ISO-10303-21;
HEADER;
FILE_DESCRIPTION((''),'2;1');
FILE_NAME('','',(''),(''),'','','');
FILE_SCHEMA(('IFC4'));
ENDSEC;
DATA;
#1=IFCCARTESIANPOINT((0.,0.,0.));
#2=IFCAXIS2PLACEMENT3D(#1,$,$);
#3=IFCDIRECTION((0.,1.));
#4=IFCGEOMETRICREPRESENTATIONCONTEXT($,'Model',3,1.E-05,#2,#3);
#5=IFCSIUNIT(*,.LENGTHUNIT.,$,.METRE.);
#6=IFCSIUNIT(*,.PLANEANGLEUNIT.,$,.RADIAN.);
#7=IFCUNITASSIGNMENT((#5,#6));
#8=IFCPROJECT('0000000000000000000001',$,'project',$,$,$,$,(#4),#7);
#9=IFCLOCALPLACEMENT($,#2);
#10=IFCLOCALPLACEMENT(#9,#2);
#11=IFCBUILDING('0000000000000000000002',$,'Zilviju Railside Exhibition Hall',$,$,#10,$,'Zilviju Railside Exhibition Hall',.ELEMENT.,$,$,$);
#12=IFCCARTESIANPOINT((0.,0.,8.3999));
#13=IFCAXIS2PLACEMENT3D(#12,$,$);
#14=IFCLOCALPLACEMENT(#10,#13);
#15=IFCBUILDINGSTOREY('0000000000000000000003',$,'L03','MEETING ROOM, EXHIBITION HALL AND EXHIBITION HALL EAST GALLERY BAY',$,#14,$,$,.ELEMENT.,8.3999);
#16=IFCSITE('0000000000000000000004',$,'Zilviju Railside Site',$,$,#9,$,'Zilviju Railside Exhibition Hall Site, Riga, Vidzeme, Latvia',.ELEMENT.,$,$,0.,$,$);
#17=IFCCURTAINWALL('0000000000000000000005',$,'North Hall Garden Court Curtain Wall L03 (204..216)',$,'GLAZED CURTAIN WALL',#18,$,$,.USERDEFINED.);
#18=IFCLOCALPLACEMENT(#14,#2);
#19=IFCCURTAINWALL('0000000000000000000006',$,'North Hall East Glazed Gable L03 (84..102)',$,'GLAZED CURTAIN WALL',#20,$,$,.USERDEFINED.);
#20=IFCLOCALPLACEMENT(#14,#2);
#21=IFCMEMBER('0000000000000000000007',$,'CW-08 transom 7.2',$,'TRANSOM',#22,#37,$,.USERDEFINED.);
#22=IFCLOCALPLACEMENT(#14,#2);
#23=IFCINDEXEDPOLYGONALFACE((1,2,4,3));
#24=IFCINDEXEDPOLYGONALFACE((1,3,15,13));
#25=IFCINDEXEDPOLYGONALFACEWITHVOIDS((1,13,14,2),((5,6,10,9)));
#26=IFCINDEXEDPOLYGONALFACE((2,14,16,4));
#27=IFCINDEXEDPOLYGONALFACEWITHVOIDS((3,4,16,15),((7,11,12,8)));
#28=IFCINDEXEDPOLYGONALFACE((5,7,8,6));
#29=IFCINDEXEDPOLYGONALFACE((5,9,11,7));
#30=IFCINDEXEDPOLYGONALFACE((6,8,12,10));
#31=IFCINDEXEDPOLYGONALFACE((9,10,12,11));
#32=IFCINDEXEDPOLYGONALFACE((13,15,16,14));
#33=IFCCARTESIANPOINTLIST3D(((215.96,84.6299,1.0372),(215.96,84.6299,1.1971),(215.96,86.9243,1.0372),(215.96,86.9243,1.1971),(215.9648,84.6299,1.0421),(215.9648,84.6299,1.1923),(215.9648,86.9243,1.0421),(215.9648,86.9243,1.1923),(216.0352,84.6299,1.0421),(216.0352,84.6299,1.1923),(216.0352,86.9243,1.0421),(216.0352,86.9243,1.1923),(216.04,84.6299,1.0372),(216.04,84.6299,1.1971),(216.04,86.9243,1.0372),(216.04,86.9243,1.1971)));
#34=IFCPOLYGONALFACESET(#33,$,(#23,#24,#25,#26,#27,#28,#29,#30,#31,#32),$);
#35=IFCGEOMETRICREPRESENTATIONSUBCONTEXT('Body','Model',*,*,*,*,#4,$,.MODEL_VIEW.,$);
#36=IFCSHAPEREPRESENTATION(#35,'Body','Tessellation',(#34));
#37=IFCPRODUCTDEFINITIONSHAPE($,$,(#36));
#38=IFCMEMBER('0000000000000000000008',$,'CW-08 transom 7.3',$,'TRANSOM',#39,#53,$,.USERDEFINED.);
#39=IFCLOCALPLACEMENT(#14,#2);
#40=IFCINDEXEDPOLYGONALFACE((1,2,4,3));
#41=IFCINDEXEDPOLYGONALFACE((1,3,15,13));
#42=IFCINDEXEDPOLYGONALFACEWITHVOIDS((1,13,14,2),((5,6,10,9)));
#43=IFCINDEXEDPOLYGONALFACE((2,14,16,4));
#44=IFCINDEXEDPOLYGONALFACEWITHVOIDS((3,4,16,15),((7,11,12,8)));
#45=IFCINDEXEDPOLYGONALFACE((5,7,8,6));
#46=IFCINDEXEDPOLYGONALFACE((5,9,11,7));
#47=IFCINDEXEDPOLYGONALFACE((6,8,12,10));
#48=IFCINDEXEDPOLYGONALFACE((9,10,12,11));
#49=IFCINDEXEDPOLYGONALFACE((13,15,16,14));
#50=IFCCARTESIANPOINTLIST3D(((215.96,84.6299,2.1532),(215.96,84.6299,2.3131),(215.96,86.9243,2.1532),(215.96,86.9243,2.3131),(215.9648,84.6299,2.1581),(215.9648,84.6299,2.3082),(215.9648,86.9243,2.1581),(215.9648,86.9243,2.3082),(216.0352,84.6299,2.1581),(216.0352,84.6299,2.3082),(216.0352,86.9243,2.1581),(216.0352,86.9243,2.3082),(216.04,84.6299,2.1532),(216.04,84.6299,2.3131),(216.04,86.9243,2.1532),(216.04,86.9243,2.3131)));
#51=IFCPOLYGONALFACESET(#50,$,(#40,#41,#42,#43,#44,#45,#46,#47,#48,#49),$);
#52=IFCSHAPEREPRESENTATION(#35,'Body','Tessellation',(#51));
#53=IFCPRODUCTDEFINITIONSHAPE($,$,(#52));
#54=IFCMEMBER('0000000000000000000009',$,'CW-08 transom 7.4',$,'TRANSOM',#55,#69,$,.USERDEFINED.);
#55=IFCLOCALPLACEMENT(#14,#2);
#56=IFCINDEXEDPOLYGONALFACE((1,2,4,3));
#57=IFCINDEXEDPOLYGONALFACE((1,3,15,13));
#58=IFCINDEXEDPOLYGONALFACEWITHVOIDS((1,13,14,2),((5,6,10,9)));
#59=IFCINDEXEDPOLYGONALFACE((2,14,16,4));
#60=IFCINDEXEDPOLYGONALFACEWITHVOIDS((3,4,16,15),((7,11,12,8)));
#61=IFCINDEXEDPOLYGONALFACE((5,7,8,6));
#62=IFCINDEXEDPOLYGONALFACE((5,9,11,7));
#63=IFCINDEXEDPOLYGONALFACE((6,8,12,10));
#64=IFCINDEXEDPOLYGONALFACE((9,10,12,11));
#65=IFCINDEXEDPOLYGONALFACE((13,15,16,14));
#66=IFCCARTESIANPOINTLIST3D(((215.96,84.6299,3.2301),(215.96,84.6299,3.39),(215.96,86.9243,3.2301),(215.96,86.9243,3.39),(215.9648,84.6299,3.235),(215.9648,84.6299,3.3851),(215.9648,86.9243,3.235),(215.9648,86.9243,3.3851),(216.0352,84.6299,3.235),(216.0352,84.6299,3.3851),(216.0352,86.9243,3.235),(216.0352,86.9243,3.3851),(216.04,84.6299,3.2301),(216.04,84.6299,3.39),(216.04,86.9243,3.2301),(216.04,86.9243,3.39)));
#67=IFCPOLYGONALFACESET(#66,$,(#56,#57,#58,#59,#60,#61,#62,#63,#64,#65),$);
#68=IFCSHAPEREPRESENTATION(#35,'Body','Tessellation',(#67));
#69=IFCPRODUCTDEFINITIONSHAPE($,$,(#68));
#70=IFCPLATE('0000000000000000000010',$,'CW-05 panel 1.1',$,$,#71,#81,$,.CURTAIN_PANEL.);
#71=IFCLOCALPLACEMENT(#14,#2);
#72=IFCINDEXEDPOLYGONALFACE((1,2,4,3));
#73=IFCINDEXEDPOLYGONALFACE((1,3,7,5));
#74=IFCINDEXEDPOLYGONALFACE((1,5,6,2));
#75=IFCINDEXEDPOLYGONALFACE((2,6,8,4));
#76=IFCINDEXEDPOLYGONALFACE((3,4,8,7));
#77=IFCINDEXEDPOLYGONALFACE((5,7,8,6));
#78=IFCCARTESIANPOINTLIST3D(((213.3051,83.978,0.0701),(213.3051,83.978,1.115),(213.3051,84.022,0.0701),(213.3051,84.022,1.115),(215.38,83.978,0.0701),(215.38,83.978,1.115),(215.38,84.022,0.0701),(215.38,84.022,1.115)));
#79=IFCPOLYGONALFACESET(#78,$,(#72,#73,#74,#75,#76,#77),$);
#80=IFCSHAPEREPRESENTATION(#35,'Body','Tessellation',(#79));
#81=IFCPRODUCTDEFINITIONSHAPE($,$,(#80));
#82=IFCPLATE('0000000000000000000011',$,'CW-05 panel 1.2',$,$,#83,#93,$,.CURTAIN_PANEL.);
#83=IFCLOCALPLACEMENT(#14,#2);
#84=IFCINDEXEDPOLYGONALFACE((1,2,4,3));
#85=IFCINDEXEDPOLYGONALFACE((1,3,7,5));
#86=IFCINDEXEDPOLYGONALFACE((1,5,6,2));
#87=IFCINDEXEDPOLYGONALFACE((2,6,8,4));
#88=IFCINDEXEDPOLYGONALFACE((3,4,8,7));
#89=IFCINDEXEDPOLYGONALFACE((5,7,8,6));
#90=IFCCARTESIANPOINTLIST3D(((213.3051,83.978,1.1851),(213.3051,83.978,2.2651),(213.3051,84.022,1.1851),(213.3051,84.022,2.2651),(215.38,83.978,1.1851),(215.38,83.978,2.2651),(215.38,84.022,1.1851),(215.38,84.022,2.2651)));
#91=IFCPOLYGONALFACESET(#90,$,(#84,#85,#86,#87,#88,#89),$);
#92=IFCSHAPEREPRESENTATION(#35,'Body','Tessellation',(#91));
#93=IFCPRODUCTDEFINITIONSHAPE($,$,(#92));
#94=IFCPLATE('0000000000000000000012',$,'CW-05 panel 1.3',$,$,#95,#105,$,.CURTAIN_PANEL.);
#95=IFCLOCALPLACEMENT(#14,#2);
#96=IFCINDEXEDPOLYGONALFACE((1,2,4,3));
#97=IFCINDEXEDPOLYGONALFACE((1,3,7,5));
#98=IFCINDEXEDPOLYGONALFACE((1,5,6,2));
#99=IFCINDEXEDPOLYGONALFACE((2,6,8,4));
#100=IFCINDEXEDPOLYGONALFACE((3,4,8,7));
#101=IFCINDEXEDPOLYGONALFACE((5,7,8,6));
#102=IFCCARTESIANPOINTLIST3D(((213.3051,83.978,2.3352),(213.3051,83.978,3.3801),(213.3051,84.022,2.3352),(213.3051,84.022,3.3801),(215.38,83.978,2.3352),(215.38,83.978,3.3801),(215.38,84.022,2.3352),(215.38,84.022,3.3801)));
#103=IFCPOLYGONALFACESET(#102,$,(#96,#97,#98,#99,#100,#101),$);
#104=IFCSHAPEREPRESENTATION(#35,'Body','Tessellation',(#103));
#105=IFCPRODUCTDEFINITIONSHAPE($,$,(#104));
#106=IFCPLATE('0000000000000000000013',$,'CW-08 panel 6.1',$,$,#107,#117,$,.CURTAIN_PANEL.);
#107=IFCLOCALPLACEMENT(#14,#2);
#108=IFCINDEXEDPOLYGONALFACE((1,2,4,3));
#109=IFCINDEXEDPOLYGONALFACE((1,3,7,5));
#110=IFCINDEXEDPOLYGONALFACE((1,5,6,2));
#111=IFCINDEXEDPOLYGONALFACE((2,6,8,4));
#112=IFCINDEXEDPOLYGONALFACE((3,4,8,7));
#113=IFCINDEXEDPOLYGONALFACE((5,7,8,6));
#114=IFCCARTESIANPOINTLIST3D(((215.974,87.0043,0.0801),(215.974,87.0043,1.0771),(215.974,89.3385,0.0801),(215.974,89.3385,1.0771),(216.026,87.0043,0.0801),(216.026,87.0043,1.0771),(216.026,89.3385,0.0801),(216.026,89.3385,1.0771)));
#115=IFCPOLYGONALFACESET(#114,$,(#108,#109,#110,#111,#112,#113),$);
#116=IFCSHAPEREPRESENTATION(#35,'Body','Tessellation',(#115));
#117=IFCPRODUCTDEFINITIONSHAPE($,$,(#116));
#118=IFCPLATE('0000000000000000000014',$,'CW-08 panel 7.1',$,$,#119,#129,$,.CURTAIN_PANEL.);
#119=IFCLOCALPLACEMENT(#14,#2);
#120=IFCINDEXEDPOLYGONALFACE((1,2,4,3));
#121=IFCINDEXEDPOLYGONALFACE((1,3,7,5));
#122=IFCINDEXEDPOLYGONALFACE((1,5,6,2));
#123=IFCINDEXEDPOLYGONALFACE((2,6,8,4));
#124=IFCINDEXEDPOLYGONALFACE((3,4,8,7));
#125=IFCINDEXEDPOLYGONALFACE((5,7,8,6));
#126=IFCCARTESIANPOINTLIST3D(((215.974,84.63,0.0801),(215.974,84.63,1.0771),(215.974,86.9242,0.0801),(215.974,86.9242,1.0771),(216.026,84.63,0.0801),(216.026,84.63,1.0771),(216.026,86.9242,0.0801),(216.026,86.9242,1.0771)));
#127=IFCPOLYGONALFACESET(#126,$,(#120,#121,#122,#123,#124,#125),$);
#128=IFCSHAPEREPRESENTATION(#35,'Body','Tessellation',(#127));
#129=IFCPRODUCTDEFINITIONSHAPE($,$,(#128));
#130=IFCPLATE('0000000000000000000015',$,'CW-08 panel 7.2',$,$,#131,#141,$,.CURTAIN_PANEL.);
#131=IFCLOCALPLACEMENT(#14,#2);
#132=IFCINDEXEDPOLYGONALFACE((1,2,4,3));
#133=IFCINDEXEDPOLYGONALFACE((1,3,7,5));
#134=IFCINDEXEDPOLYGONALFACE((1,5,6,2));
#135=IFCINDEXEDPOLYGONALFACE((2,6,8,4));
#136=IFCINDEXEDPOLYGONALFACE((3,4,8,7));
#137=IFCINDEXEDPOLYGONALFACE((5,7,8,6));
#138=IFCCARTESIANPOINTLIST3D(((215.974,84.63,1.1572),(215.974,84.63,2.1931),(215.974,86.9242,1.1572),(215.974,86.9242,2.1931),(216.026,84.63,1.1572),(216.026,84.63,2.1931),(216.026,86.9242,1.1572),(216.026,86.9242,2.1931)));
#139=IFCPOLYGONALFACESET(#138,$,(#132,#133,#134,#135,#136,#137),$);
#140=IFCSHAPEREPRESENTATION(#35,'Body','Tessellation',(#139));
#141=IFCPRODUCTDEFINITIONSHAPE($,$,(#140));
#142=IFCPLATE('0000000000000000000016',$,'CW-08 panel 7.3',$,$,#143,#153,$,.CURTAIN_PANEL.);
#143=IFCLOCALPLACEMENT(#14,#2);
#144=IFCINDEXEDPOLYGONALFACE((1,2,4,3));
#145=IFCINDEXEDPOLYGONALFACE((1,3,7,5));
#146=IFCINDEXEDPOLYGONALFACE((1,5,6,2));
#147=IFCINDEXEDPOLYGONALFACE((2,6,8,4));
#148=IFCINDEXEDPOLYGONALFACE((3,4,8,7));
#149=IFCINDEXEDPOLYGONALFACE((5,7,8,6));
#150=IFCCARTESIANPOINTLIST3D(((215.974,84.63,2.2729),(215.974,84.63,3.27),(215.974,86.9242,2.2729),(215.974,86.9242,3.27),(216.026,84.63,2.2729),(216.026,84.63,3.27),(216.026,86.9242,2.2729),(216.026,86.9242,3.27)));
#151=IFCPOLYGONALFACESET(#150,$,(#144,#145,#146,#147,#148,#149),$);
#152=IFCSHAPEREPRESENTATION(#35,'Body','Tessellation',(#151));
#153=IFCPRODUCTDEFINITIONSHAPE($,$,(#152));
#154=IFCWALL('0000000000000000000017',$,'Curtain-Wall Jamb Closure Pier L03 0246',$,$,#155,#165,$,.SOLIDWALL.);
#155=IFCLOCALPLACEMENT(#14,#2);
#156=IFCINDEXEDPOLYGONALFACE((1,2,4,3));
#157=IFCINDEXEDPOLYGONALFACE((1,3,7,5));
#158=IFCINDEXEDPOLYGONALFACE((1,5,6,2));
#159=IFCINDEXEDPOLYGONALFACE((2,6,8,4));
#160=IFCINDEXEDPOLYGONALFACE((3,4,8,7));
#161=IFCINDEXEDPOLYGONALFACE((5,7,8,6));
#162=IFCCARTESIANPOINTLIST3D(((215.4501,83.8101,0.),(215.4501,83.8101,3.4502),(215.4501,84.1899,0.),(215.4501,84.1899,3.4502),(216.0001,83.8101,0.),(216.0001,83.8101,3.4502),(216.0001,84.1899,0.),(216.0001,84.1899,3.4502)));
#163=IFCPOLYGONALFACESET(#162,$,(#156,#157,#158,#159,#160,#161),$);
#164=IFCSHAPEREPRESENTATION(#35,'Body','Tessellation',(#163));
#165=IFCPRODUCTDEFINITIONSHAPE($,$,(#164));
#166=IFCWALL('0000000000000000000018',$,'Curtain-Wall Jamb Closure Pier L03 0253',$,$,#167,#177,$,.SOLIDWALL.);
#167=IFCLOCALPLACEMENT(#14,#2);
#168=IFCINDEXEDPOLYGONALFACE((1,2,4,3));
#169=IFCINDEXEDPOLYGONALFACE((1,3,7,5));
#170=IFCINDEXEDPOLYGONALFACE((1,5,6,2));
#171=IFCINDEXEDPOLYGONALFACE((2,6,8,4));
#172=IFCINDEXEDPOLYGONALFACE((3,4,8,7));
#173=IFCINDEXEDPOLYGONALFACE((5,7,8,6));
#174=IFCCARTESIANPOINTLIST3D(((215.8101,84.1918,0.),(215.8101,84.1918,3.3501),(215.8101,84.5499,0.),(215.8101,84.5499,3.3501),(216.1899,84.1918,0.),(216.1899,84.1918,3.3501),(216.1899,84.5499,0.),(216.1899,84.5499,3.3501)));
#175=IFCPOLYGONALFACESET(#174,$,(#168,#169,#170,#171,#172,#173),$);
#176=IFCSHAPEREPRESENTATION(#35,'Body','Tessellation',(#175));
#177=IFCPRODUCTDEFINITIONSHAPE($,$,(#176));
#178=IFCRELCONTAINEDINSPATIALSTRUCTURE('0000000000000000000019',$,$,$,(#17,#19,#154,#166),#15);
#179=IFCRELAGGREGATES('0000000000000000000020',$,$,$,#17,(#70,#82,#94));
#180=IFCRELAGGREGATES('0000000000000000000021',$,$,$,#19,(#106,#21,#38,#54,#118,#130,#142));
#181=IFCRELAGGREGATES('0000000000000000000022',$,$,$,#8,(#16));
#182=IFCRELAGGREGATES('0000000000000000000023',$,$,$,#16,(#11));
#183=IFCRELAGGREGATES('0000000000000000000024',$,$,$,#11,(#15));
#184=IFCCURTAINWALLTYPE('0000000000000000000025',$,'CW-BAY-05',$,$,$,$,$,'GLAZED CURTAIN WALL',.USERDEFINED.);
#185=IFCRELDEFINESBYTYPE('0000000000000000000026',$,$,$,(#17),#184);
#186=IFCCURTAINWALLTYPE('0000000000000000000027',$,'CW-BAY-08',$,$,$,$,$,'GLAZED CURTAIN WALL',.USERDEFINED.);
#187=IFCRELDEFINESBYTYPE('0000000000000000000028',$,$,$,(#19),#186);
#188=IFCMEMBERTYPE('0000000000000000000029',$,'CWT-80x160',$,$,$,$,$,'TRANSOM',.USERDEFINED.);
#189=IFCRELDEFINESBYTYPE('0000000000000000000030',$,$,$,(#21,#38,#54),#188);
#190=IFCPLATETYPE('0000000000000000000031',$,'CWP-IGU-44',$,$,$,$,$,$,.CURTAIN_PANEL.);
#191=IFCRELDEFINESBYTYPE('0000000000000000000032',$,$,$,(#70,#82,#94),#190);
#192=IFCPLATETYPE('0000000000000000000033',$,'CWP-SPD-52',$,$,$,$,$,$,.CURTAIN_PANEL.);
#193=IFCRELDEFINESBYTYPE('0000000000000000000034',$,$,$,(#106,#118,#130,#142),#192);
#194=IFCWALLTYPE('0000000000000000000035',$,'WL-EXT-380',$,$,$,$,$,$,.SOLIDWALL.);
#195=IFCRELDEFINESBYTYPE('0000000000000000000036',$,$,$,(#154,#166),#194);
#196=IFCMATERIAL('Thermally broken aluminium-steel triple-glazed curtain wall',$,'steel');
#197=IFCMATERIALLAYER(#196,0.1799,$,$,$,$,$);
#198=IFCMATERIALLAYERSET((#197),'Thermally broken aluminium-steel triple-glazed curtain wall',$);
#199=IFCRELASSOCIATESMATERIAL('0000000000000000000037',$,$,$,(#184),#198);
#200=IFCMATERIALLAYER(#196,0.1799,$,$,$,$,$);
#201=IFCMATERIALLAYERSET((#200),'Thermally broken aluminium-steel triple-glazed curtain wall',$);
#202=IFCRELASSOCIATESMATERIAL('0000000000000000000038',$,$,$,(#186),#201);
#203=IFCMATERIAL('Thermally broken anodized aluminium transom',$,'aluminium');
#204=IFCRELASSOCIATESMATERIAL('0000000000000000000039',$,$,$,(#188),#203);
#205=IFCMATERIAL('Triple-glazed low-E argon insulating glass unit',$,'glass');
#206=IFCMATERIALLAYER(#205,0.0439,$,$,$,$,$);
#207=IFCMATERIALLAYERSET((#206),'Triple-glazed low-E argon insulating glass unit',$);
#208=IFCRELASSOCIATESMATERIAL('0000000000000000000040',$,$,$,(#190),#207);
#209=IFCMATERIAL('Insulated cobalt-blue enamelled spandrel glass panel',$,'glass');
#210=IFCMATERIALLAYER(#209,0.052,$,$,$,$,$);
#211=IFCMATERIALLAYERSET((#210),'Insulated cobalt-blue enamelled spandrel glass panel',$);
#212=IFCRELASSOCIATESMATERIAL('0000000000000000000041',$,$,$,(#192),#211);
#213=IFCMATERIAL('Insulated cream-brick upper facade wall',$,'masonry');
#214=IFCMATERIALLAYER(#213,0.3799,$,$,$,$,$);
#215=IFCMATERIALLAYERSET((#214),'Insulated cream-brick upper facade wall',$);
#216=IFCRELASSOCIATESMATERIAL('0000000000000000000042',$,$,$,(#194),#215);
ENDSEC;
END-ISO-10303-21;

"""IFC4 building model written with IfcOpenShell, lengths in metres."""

from ifc_helpers import new_model, si_unit, direction, frame, frame_2d, origin, origin_2d, place, context, subcontext, project, spatial, rectangle, hollow_rectangle, extrude, material, layer, layer_set, material_profile, profile_set, type_object, element, aggregate, save


model = new_model("IFC4")

# Units and contexts
model_context = context("Model", 3, precision=1e-05, world=origin(), true_north=direction((0.0, 1.0)))
body_context = subcontext(model_context, "Body", "Model", "MODEL_VIEW")
ifc_project = project(units=[si_unit("LENGTHUNIT", "METRE"), si_unit("PLANEANGLEUNIT", "RADIAN")], contexts=[model_context])

# Site, building, storey
site_placement = place(None, origin())
site = spatial("IfcSite", under=ifc_project, at=site_placement, Name="Zilviju Railside Site", LongName="Zilviju Railside Exhibition Hall Site, Riga, Vidzeme, Latvia", CompositionType="ELEMENT", RefElevation=0.0)
building_placement = place(site_placement, origin())
building = spatial("IfcBuilding", under=site, at=building_placement, Name="Zilviju Railside Exhibition Hall", LongName="Zilviju Railside Exhibition Hall", CompositionType="ELEMENT")
storey_placement = place(building_placement, frame((0.0, 0.0, 8.3999)))
storey = spatial("IfcBuildingStorey", under=building, at=storey_placement, Name="L03", Description="MEETING ROOM, EXHIBITION HALL AND EXHIBITION HALL EAST GALLERY BAY", CompositionType="ELEMENT", Elevation=8.3999)

# Curtain wall
ifc_material_1 = material(Name="Thermally broken aluminium-steel triple-glazed curtain wall", Category="steel")
ifc_layer_1 = layer(ifc_material_1, 0.1799)
ifc_layer_set_1 = layer_set([ifc_layer_1], Name="Thermally broken aluminium-steel triple-glazed curtain wall")
curtain_wall_type_1 = type_object("IfcCurtainWallType", Name="CW-BAY-05", ElementType="GLAZED CURTAIN WALL", PredefinedType="USERDEFINED", material=ifc_layer_set_1)
curtain_wall_1_placement = place(storey_placement, origin())
curtain_wall_1 = element("IfcCurtainWall", 1, at=curtain_wall_1_placement, inside=storey, type_object=curtain_wall_type_1, Name="North Hall Garden Court Curtain Wall L03 (204..216)", ObjectType="GLAZED CURTAIN WALL", PredefinedType="USERDEFINED")

# Curtain wall
ifc_layer_2 = layer(ifc_material_1, 0.1799)
ifc_layer_set_2 = layer_set([ifc_layer_2], Name="Thermally broken aluminium-steel triple-glazed curtain wall")
curtain_wall_type_2 = type_object("IfcCurtainWallType", Name="CW-BAY-08", ElementType="GLAZED CURTAIN WALL", PredefinedType="USERDEFINED", material=ifc_layer_set_2)
curtain_wall_2_placement = place(storey_placement, origin())
curtain_wall_2 = element("IfcCurtainWall", 2, at=curtain_wall_2_placement, inside=storey, type_object=curtain_wall_type_2, Name="North Hall East Glazed Gable L03 (84..102)", ObjectType="GLAZED CURTAIN WALL", PredefinedType="USERDEFINED")

# Members
ifc_material_2 = material(Name="Thermally broken anodized aluminium transom", Category="aluminium")
ifc_material_profile_1 = material_profile(ifc_material_2, hollow_rectangle(XDim=0.0801, YDim=0.1599, WallThickness=0.0049, at=origin_2d()), Name="TRANSOM 160x80x5")
ifc_profile_set_1 = profile_set([ifc_material_profile_1], Name="Thermally broken anodized aluminium transom")
member_type_1 = type_object("IfcMemberType", Name="CWT-80x160", ElementType="TRANSOM", PredefinedType="USERDEFINED", material=ifc_profile_set_1)
member_1_placement = place(storey_placement, frame((216.0, 86.9243, 1.1172), z_axis=(0.0, -1.0, 0.0), x_axis=(1.0, 0.0, 0.0)))
member_1 = element("IfcMember", 3, at=member_1_placement, type_object=member_type_1, Name="CW-08 transom 7.2", ObjectType="TRANSOM", PredefinedType="USERDEFINED", context=body_context, shape_type="SweptSolid", body=[
    extrude(hollow_rectangle(XDim=0.0801, YDim=0.1599, WallThickness=0.0049, at=origin_2d()), origin(), (0.0, 0.0, 1.0), 2.2944),
])
member_2_placement = place(storey_placement, frame((216.0, 86.9243, 2.2332), z_axis=(0.0, -1.0, 0.0), x_axis=(1.0, 0.0, 0.0)))
member_2 = element("IfcMember", 4, at=member_2_placement, type_object=member_type_1, Name="CW-08 transom 7.3", ObjectType="TRANSOM", PredefinedType="USERDEFINED", context=body_context, shape_type="SweptSolid", body=[
    extrude(hollow_rectangle(XDim=0.0801, YDim=0.1599, WallThickness=0.0049, at=origin_2d()), origin(), (0.0, 0.0, 1.0), 2.2944),
])
member_3_placement = place(storey_placement, frame((216.0, 86.9243, 3.3101), z_axis=(0.0, -1.0, 0.0), x_axis=(1.0, 0.0, 0.0)))
member_3 = element("IfcMember", 5, at=member_3_placement, type_object=member_type_1, Name="CW-08 transom 7.4", ObjectType="TRANSOM", PredefinedType="USERDEFINED", context=body_context, shape_type="SweptSolid", body=[
    extrude(hollow_rectangle(XDim=0.0801, YDim=0.1599, WallThickness=0.0049, at=origin_2d()), origin(), (0.0, 0.0, 1.0), 2.2944),
])

# Plates
ifc_material_3 = material(Name="Triple-glazed low-E argon insulating glass unit", Category="glass")
ifc_layer_3 = layer(ifc_material_3, 0.0439)
ifc_layer_set_3 = layer_set([ifc_layer_3], Name="Triple-glazed low-E argon insulating glass unit")
plate_type_1 = type_object("IfcPlateType", Name="CWP-IGU-44", PredefinedType="CURTAIN_PANEL", material=ifc_layer_set_3)
plate_1_placement = place(storey_placement, frame((214.3425, 84.0, 0.0701), z_axis=(0.0, 0.0, 1.0), x_axis=(-1.0, 0.0, 0.0)))
plate_1 = element("IfcPlate", 6, at=plate_1_placement, type_object=plate_type_1, Name="CW-05 panel 1.1", PredefinedType="CURTAIN_PANEL", context=body_context, shape_type="SweptSolid", body=[
    extrude(rectangle(XDim=2.075, YDim=0.0439, at=origin_2d()), origin(), (0.0, 0.0, 1.0), 1.0449),
])
plate_2_placement = place(storey_placement, frame((214.3425, 84.0, 1.1851), z_axis=(0.0, 0.0, 1.0), x_axis=(-1.0, 0.0, 0.0)))
plate_2 = element("IfcPlate", 7, at=plate_2_placement, type_object=plate_type_1, Name="CW-05 panel 1.2", PredefinedType="CURTAIN_PANEL", context=body_context, shape_type="SweptSolid", body=[
    extrude(rectangle(XDim=2.075, YDim=0.0439, at=origin_2d()), origin(), (0.0, 0.0, 1.0), 1.0801),
])
plate_3_placement = place(storey_placement, frame((214.3425, 84.0, 2.3352), z_axis=(0.0, 0.0, 1.0), x_axis=(-1.0, 0.0, 0.0)))
plate_3 = element("IfcPlate", 8, at=plate_3_placement, type_object=plate_type_1, Name="CW-05 panel 1.3", PredefinedType="CURTAIN_PANEL", context=body_context, shape_type="SweptSolid", body=[
    extrude(rectangle(XDim=2.075, YDim=0.0439, at=origin_2d()), origin(), (0.0, 0.0, 1.0), 1.0449),
])
aggregate(curtain_wall_1, [plate_1, plate_2, plate_3])
ifc_material_4 = material(Name="Insulated cobalt-blue enamelled spandrel glass panel", Category="glass")
ifc_layer_4 = layer(ifc_material_4, 0.052)
ifc_layer_set_4 = layer_set([ifc_layer_4], Name="Insulated cobalt-blue enamelled spandrel glass panel")
plate_type_2 = type_object("IfcPlateType", Name="CWP-SPD-52", PredefinedType="CURTAIN_PANEL", material=ifc_layer_set_4)
plate_4_placement = place(storey_placement, frame((216.0, 88.1714, 0.0801), z_axis=(0.0, 0.0, 1.0), x_axis=(0.0, -1.0, 0.0)))
plate_4 = element("IfcPlate", 9, at=plate_4_placement, type_object=plate_type_2, Name="CW-08 panel 6.1", PredefinedType="CURTAIN_PANEL", context=body_context, shape_type="SweptSolid", body=[
    extrude(rectangle(XDim=2.3342, YDim=0.052, at=origin_2d()), origin(), (0.0, 0.0, 1.0), 0.9971),
])
plate_5_placement = place(storey_placement, frame((216.0, 85.7771, 0.0801), z_axis=(0.0, 0.0, 1.0), x_axis=(0.0, -1.0, 0.0)))
plate_5 = element("IfcPlate", 10, at=plate_5_placement, type_object=plate_type_2, Name="CW-08 panel 7.1", PredefinedType="CURTAIN_PANEL", context=body_context, shape_type="SweptSolid", body=[
    extrude(rectangle(XDim=2.2942, YDim=0.052, at=origin_2d()), origin(), (0.0, 0.0, 1.0), 0.9971),
])
plate_6_placement = place(storey_placement, frame((216.0, 85.7771, 1.1572), z_axis=(0.0, 0.0, 1.0), x_axis=(0.0, -1.0, 0.0)))
plate_6 = element("IfcPlate", 11, at=plate_6_placement, type_object=plate_type_2, Name="CW-08 panel 7.2", PredefinedType="CURTAIN_PANEL", context=body_context, shape_type="SweptSolid", body=[
    extrude(rectangle(XDim=2.2942, YDim=0.052, at=origin_2d()), origin(), (0.0, 0.0, 1.0), 1.0359),
])
plate_7_placement = place(storey_placement, frame((216.0, 85.7771, 2.2729), z_axis=(0.0, 0.0, 1.0), x_axis=(0.0, -1.0, 0.0)))
plate_7 = element("IfcPlate", 12, at=plate_7_placement, type_object=plate_type_2, Name="CW-08 panel 7.3", PredefinedType="CURTAIN_PANEL", context=body_context, shape_type="SweptSolid", body=[
    extrude(rectangle(XDim=2.2942, YDim=0.052, at=origin_2d()), origin(), (0.0, 0.0, 1.0), 0.9971),
])
aggregate(curtain_wall_2, [plate_4, member_1, member_2, member_3, plate_5, plate_6, plate_7])

# Walls
ifc_material_5 = material(Name="Insulated cream-brick upper facade wall", Category="masonry")
ifc_layer_5 = layer(ifc_material_5, 0.3799)
ifc_layer_set_5 = layer_set([ifc_layer_5], Name="Insulated cream-brick upper facade wall")
wall_type = type_object("IfcWallType", Name="WL-EXT-380", PredefinedType="SOLIDWALL", material=ifc_layer_set_5)
wall_1_placement = place(storey_placement, frame((216.0, 84.0, 0.0), z_axis=(0.0, 0.0, 1.0), x_axis=(-1.0, 0.0, 0.0)))
element("IfcWall", 13, at=wall_1_placement, inside=storey, type_object=wall_type, Name="Curtain-Wall Jamb Closure Pier L03 0246", PredefinedType="SOLIDWALL", context=body_context, shape_type="SweptSolid", body=[
    extrude(rectangle(XDim=0.55, YDim=0.3799, at=frame_2d((0.2749, 0.0))), origin(), (0.0, 0.0, 1.0), 3.4502),
])
wall_2_placement = place(storey_placement, frame((216.0, 84.55, 0.0), z_axis=(0.0, 0.0, 1.0), x_axis=(0.0, -1.0, 0.0)))
element("IfcWall", 14, at=wall_2_placement, inside=storey, type_object=wall_type, Name="Curtain-Wall Jamb Closure Pier L03 0253", PredefinedType="SOLIDWALL", context=body_context, shape_type="SweptSolid", body=[
    extrude(rectangle(XDim=0.3582, YDim=0.3799, at=frame_2d((0.1792, 0.0))), origin(), (0.0, 0.0, 1.0), 3.3501),
])

save(model, "model.ifc")
